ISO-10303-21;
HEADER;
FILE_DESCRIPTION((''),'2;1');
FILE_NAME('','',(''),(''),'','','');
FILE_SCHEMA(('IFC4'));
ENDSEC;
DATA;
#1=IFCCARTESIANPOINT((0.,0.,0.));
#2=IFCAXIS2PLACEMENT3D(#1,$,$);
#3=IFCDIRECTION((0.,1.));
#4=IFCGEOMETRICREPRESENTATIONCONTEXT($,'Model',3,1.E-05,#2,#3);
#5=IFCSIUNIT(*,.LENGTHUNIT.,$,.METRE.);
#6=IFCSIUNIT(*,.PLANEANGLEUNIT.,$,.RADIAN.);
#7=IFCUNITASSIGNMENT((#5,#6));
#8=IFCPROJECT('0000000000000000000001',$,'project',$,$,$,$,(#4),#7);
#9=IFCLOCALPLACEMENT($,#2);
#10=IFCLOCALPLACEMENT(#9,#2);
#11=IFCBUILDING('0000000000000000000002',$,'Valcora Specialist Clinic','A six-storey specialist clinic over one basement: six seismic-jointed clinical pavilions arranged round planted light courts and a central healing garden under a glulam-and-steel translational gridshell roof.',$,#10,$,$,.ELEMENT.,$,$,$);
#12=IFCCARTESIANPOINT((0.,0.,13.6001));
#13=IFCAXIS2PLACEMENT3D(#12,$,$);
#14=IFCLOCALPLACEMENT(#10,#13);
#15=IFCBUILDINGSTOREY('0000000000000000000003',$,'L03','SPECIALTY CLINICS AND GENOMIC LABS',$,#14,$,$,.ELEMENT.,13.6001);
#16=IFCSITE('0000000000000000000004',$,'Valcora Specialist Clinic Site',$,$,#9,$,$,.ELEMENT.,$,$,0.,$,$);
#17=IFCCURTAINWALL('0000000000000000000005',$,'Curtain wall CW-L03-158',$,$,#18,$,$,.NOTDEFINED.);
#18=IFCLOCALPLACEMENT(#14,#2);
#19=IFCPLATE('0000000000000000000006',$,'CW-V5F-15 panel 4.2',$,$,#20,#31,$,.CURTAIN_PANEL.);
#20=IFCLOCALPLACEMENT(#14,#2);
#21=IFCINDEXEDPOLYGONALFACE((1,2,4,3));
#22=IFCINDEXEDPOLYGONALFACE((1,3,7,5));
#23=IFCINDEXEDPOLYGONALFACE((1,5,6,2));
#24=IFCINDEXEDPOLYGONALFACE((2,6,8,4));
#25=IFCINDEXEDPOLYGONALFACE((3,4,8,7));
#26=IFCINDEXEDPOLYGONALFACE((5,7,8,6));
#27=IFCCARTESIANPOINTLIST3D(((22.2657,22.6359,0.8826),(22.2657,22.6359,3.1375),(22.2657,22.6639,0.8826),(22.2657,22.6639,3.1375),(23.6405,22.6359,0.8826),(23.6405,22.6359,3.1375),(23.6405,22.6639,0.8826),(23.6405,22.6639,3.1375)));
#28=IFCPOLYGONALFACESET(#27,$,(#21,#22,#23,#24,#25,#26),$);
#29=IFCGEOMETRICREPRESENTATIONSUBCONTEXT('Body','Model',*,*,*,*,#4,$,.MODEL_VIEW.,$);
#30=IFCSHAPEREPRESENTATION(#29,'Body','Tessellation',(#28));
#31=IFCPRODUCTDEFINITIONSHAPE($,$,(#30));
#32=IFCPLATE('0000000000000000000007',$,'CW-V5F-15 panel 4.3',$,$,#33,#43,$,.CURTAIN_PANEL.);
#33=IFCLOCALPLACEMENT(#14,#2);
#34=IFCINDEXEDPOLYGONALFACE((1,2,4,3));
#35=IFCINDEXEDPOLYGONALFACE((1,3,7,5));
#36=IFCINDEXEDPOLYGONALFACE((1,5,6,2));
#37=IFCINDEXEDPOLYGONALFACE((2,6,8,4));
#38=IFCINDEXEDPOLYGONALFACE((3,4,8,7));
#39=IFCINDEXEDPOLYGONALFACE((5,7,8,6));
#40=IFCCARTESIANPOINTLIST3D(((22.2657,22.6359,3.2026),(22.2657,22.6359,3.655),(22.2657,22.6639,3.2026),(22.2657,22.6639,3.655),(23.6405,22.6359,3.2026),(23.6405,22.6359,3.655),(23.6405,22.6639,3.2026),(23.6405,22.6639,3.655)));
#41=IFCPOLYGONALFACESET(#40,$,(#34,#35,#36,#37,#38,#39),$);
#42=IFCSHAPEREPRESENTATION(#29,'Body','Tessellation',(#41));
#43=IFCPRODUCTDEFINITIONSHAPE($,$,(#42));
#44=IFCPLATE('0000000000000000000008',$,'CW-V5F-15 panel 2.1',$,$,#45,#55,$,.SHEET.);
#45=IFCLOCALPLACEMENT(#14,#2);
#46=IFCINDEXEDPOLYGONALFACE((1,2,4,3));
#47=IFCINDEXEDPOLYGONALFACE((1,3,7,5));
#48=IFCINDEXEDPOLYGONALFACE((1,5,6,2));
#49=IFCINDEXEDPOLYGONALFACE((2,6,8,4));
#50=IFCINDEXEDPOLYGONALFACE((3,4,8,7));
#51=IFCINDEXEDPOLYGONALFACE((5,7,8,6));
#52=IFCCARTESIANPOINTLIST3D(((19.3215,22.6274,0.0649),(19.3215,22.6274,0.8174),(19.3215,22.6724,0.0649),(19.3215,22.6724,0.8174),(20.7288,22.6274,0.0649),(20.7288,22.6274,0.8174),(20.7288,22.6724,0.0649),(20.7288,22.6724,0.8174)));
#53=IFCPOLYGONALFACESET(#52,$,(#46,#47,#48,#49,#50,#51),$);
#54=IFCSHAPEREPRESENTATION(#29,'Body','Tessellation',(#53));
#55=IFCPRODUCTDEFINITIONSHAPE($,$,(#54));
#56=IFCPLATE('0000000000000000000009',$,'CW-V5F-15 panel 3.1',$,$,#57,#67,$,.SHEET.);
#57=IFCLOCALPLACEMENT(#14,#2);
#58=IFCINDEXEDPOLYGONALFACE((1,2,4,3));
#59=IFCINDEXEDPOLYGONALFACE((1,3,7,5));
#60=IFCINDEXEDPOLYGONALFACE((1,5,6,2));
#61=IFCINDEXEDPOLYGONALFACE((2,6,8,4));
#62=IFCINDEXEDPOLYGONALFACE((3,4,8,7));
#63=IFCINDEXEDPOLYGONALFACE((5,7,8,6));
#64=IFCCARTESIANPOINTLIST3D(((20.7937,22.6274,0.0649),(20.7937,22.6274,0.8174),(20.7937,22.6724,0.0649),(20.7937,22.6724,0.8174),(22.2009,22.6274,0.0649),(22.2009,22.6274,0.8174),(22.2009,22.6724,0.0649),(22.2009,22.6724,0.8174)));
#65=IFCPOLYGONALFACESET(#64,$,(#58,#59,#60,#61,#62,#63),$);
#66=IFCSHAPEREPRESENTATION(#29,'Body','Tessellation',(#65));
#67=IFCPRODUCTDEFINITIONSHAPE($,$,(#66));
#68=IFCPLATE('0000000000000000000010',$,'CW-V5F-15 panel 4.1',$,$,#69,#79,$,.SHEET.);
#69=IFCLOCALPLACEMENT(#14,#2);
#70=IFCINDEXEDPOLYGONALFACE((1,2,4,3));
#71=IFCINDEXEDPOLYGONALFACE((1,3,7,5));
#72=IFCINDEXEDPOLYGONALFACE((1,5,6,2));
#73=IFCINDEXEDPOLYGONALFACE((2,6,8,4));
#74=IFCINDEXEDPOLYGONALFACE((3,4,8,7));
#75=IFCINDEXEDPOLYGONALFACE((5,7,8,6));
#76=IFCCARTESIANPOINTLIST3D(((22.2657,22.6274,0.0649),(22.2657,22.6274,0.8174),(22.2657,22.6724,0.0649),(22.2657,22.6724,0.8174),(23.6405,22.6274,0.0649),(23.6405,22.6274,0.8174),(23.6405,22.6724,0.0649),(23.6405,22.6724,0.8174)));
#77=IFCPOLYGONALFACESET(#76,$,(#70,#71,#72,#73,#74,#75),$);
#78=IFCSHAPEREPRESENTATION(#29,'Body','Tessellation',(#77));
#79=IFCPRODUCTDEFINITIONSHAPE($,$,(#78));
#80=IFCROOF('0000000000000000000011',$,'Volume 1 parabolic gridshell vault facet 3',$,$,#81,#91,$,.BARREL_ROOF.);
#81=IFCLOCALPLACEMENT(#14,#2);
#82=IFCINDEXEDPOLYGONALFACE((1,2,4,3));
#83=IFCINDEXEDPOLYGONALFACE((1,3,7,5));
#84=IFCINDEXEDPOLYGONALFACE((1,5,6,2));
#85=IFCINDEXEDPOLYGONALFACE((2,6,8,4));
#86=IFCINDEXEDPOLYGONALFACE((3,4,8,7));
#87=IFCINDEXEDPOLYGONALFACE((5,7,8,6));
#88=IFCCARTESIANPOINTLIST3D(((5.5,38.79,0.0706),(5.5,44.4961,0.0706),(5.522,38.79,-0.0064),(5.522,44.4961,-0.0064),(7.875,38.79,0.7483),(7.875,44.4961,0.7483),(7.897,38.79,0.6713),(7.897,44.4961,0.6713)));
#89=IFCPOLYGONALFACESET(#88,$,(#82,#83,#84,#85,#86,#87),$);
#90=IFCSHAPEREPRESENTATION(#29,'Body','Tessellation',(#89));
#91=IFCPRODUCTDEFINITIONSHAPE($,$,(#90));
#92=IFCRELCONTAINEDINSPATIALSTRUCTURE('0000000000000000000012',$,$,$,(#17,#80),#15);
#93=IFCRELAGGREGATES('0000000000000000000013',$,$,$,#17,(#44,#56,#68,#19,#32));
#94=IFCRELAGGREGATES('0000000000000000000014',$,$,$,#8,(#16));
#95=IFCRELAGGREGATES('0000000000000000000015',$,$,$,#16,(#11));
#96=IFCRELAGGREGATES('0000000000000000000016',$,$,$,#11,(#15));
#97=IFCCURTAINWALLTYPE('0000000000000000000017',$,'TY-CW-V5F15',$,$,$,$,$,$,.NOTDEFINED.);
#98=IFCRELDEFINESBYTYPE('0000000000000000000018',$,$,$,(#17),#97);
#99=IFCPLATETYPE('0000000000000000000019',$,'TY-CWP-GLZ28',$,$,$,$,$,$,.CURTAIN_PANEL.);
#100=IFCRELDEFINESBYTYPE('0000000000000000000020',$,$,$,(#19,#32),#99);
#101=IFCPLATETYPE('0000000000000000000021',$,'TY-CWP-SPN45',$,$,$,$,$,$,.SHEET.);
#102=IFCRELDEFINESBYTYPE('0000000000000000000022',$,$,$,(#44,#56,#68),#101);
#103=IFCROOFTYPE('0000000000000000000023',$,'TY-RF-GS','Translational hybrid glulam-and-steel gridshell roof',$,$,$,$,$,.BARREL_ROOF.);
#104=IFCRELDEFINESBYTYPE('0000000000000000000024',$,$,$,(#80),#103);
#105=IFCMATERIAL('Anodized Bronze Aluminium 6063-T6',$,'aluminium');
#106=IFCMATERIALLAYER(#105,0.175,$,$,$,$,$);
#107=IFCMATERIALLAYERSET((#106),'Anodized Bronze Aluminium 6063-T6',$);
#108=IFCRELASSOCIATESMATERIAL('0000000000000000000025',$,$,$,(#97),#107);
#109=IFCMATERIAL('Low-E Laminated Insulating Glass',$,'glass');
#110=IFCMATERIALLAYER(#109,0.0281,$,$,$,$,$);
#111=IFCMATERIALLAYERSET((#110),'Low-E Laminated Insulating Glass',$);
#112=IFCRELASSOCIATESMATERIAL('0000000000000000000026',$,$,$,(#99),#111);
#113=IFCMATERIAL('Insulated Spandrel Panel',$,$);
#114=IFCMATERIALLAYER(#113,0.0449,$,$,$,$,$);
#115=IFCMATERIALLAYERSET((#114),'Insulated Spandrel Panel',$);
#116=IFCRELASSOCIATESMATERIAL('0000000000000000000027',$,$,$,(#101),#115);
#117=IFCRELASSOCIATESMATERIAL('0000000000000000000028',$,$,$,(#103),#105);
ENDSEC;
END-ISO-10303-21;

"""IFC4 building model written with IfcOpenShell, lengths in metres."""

from ifc_helpers import new_model, si_unit, direction, frame, origin, origin_2d, place, context, subcontext, project, spatial, polyline, rectangle, outline, extrude, material, layer, layer_set, type_object, element, aggregate, save


model = new_model("IFC4")

# Units and contexts
model_context = context("Model", 3, precision=1e-05, world=origin(), true_north=direction((0.0, 1.0)))
body_context = subcontext(model_context, "Body", "Model", "MODEL_VIEW")
ifc_project = project(units=[si_unit("LENGTHUNIT", "METRE"), si_unit("PLANEANGLEUNIT", "RADIAN")], contexts=[model_context])

# Site, building, storey
site_placement = place(None, origin())
site = spatial("IfcSite", under=ifc_project, at=site_placement, Name="Valcora Specialist Clinic Site", CompositionType="ELEMENT", RefElevation=0.0)
building_placement = place(site_placement, origin())
building = spatial("IfcBuilding", under=site, at=building_placement, Name="Valcora Specialist Clinic", Description="A six-storey specialist clinic over one basement: six seismic-jointed clinical pavilions arranged round planted light courts and a central healing garden under a glulam-and-steel translational gridshell roof.", CompositionType="ELEMENT")
storey_placement = place(building_placement, frame((0.0, 0.0, 13.6001)))
storey = spatial("IfcBuildingStorey", under=building, at=storey_placement, Name="L03", Description="SPECIALTY CLINICS AND GENOMIC LABS", CompositionType="ELEMENT", Elevation=13.6001)

# Curtain wall
ifc_material_1 = material(Name="Anodized Bronze Aluminium 6063-T6", Category="aluminium")
ifc_layer_1 = layer(ifc_material_1, 0.175)
ifc_layer_set_1 = layer_set([ifc_layer_1], Name="Anodized Bronze Aluminium 6063-T6")
curtain_wall_type = type_object("IfcCurtainWallType", Name="TY-CW-V5F15", PredefinedType="NOTDEFINED", material=ifc_layer_set_1)
curtain_wall_1_placement = place(storey_placement, origin())
curtain_wall_1 = element("IfcCurtainWall", 1, at=curtain_wall_1_placement, inside=storey, type_object=curtain_wall_type, Name="Curtain wall CW-L03-158", PredefinedType="NOTDEFINED")

# Plates
ifc_material_2 = material(Name="Low-E Laminated Insulating Glass", Category="glass")
ifc_layer_2 = layer(ifc_material_2, 0.0281)
ifc_layer_set_2 = layer_set([ifc_layer_2], Name="Low-E Laminated Insulating Glass")
plate_type_1 = type_object("IfcPlateType", Name="TY-CWP-GLZ28", PredefinedType="CURTAIN_PANEL", material=ifc_layer_set_2)
plate_1_placement = place(storey_placement, frame((22.9531, 22.6499, 0.8826), z_axis=(0.0, 0.0, 1.0), x_axis=(1.0, 0.0, 0.0)))
plate_1 = element("IfcPlate", 2, at=plate_1_placement, type_object=plate_type_1, Name="CW-V5F-15 panel 4.2", PredefinedType="CURTAIN_PANEL", context=body_context, shape_type="SweptSolid", body=[
    extrude(rectangle(XDim=1.3748, YDim=0.0281, at=origin_2d()), origin(), (0.0, 0.0, 1.0), 2.2549),
])
plate_2_placement = place(storey_placement, frame((22.9531, 22.6499, 3.2026), z_axis=(0.0, 0.0, 1.0), x_axis=(1.0, 0.0, 0.0)))
plate_2 = element("IfcPlate", 3, at=plate_2_placement, type_object=plate_type_1, Name="CW-V5F-15 panel 4.3", PredefinedType="CURTAIN_PANEL", context=body_context, shape_type="SweptSolid", body=[
    extrude(rectangle(XDim=1.3748, YDim=0.0281, at=origin_2d()), origin(), (0.0, 0.0, 1.0), 0.4524),
])
ifc_material_3 = material(Name="Insulated Spandrel Panel")
ifc_layer_3 = layer(ifc_material_3, 0.0449)
ifc_layer_set_3 = layer_set([ifc_layer_3], Name="Insulated Spandrel Panel")
plate_type_2 = type_object("IfcPlateType", Name="TY-CWP-SPN45", PredefinedType="SHEET", material=ifc_layer_set_3)
plate_3_placement = place(storey_placement, frame((20.0251, 22.6499, 0.0649), z_axis=(0.0, 0.0, 1.0), x_axis=(1.0, 0.0, 0.0)))
plate_3 = element("IfcPlate", 4, at=plate_3_placement, type_object=plate_type_2, Name="CW-V5F-15 panel 2.1", PredefinedType="SHEET", context=body_context, shape_type="SweptSolid", body=[
    extrude(rectangle(XDim=1.4072, YDim=0.0449, at=origin_2d()), origin(), (0.0, 0.0, 1.0), 0.7524),
])
plate_4_placement = place(storey_placement, frame((21.4973, 22.6499, 0.0649), z_axis=(0.0, 0.0, 1.0), x_axis=(1.0, 0.0, 0.0)))
plate_4 = element("IfcPlate", 5, at=plate_4_placement, type_object=plate_type_2, Name="CW-V5F-15 panel 3.1", PredefinedType="SHEET", context=body_context, shape_type="SweptSolid", body=[
    extrude(rectangle(XDim=1.4072, YDim=0.0449, at=origin_2d()), origin(), (0.0, 0.0, 1.0), 0.7524),
])
plate_5_placement = place(storey_placement, frame((22.9531, 22.6499, 0.0649), z_axis=(0.0, 0.0, 1.0), x_axis=(1.0, 0.0, 0.0)))
plate_5 = element("IfcPlate", 6, at=plate_5_placement, type_object=plate_type_2, Name="CW-V5F-15 panel 4.1", PredefinedType="SHEET", context=body_context, shape_type="SweptSolid", body=[
    extrude(rectangle(XDim=1.3748, YDim=0.0449, at=origin_2d()), origin(), (0.0, 0.0, 1.0), 0.7524),
])
aggregate(curtain_wall_1, [plate_3, plate_4, plate_5, plate_1, plate_2])

# Roof
roof_type = type_object("IfcRoofType", Name="TY-RF-GS", Description="Translational hybrid glulam-and-steel gridshell roof", PredefinedType="BARREL_ROOF", material=ifc_material_1)
roof_placement = place(storey_placement, frame((5.5, 38.79, 0.0706), z_axis=(-0.274408, 0.0, 0.961613), x_axis=(0.961613, 0.0, 0.274408)))
element("IfcRoof", 7, at=roof_placement, inside=storey, type_object=roof_type, Name="Volume 1 parabolic gridshell vault facet 3", PredefinedType="BARREL_ROOF", context=body_context, shape_type="SweptSolid", body=[
    extrude(outline(polyline([(0.0, 0.0), (2.4698, 0.0), (2.4698, 5.7061), (0.0, 5.7061), (0.0, 0.0)])), origin(), (0.0, 0.0, -1.0), 0.0801),
])

save(model, "model.ifc")
